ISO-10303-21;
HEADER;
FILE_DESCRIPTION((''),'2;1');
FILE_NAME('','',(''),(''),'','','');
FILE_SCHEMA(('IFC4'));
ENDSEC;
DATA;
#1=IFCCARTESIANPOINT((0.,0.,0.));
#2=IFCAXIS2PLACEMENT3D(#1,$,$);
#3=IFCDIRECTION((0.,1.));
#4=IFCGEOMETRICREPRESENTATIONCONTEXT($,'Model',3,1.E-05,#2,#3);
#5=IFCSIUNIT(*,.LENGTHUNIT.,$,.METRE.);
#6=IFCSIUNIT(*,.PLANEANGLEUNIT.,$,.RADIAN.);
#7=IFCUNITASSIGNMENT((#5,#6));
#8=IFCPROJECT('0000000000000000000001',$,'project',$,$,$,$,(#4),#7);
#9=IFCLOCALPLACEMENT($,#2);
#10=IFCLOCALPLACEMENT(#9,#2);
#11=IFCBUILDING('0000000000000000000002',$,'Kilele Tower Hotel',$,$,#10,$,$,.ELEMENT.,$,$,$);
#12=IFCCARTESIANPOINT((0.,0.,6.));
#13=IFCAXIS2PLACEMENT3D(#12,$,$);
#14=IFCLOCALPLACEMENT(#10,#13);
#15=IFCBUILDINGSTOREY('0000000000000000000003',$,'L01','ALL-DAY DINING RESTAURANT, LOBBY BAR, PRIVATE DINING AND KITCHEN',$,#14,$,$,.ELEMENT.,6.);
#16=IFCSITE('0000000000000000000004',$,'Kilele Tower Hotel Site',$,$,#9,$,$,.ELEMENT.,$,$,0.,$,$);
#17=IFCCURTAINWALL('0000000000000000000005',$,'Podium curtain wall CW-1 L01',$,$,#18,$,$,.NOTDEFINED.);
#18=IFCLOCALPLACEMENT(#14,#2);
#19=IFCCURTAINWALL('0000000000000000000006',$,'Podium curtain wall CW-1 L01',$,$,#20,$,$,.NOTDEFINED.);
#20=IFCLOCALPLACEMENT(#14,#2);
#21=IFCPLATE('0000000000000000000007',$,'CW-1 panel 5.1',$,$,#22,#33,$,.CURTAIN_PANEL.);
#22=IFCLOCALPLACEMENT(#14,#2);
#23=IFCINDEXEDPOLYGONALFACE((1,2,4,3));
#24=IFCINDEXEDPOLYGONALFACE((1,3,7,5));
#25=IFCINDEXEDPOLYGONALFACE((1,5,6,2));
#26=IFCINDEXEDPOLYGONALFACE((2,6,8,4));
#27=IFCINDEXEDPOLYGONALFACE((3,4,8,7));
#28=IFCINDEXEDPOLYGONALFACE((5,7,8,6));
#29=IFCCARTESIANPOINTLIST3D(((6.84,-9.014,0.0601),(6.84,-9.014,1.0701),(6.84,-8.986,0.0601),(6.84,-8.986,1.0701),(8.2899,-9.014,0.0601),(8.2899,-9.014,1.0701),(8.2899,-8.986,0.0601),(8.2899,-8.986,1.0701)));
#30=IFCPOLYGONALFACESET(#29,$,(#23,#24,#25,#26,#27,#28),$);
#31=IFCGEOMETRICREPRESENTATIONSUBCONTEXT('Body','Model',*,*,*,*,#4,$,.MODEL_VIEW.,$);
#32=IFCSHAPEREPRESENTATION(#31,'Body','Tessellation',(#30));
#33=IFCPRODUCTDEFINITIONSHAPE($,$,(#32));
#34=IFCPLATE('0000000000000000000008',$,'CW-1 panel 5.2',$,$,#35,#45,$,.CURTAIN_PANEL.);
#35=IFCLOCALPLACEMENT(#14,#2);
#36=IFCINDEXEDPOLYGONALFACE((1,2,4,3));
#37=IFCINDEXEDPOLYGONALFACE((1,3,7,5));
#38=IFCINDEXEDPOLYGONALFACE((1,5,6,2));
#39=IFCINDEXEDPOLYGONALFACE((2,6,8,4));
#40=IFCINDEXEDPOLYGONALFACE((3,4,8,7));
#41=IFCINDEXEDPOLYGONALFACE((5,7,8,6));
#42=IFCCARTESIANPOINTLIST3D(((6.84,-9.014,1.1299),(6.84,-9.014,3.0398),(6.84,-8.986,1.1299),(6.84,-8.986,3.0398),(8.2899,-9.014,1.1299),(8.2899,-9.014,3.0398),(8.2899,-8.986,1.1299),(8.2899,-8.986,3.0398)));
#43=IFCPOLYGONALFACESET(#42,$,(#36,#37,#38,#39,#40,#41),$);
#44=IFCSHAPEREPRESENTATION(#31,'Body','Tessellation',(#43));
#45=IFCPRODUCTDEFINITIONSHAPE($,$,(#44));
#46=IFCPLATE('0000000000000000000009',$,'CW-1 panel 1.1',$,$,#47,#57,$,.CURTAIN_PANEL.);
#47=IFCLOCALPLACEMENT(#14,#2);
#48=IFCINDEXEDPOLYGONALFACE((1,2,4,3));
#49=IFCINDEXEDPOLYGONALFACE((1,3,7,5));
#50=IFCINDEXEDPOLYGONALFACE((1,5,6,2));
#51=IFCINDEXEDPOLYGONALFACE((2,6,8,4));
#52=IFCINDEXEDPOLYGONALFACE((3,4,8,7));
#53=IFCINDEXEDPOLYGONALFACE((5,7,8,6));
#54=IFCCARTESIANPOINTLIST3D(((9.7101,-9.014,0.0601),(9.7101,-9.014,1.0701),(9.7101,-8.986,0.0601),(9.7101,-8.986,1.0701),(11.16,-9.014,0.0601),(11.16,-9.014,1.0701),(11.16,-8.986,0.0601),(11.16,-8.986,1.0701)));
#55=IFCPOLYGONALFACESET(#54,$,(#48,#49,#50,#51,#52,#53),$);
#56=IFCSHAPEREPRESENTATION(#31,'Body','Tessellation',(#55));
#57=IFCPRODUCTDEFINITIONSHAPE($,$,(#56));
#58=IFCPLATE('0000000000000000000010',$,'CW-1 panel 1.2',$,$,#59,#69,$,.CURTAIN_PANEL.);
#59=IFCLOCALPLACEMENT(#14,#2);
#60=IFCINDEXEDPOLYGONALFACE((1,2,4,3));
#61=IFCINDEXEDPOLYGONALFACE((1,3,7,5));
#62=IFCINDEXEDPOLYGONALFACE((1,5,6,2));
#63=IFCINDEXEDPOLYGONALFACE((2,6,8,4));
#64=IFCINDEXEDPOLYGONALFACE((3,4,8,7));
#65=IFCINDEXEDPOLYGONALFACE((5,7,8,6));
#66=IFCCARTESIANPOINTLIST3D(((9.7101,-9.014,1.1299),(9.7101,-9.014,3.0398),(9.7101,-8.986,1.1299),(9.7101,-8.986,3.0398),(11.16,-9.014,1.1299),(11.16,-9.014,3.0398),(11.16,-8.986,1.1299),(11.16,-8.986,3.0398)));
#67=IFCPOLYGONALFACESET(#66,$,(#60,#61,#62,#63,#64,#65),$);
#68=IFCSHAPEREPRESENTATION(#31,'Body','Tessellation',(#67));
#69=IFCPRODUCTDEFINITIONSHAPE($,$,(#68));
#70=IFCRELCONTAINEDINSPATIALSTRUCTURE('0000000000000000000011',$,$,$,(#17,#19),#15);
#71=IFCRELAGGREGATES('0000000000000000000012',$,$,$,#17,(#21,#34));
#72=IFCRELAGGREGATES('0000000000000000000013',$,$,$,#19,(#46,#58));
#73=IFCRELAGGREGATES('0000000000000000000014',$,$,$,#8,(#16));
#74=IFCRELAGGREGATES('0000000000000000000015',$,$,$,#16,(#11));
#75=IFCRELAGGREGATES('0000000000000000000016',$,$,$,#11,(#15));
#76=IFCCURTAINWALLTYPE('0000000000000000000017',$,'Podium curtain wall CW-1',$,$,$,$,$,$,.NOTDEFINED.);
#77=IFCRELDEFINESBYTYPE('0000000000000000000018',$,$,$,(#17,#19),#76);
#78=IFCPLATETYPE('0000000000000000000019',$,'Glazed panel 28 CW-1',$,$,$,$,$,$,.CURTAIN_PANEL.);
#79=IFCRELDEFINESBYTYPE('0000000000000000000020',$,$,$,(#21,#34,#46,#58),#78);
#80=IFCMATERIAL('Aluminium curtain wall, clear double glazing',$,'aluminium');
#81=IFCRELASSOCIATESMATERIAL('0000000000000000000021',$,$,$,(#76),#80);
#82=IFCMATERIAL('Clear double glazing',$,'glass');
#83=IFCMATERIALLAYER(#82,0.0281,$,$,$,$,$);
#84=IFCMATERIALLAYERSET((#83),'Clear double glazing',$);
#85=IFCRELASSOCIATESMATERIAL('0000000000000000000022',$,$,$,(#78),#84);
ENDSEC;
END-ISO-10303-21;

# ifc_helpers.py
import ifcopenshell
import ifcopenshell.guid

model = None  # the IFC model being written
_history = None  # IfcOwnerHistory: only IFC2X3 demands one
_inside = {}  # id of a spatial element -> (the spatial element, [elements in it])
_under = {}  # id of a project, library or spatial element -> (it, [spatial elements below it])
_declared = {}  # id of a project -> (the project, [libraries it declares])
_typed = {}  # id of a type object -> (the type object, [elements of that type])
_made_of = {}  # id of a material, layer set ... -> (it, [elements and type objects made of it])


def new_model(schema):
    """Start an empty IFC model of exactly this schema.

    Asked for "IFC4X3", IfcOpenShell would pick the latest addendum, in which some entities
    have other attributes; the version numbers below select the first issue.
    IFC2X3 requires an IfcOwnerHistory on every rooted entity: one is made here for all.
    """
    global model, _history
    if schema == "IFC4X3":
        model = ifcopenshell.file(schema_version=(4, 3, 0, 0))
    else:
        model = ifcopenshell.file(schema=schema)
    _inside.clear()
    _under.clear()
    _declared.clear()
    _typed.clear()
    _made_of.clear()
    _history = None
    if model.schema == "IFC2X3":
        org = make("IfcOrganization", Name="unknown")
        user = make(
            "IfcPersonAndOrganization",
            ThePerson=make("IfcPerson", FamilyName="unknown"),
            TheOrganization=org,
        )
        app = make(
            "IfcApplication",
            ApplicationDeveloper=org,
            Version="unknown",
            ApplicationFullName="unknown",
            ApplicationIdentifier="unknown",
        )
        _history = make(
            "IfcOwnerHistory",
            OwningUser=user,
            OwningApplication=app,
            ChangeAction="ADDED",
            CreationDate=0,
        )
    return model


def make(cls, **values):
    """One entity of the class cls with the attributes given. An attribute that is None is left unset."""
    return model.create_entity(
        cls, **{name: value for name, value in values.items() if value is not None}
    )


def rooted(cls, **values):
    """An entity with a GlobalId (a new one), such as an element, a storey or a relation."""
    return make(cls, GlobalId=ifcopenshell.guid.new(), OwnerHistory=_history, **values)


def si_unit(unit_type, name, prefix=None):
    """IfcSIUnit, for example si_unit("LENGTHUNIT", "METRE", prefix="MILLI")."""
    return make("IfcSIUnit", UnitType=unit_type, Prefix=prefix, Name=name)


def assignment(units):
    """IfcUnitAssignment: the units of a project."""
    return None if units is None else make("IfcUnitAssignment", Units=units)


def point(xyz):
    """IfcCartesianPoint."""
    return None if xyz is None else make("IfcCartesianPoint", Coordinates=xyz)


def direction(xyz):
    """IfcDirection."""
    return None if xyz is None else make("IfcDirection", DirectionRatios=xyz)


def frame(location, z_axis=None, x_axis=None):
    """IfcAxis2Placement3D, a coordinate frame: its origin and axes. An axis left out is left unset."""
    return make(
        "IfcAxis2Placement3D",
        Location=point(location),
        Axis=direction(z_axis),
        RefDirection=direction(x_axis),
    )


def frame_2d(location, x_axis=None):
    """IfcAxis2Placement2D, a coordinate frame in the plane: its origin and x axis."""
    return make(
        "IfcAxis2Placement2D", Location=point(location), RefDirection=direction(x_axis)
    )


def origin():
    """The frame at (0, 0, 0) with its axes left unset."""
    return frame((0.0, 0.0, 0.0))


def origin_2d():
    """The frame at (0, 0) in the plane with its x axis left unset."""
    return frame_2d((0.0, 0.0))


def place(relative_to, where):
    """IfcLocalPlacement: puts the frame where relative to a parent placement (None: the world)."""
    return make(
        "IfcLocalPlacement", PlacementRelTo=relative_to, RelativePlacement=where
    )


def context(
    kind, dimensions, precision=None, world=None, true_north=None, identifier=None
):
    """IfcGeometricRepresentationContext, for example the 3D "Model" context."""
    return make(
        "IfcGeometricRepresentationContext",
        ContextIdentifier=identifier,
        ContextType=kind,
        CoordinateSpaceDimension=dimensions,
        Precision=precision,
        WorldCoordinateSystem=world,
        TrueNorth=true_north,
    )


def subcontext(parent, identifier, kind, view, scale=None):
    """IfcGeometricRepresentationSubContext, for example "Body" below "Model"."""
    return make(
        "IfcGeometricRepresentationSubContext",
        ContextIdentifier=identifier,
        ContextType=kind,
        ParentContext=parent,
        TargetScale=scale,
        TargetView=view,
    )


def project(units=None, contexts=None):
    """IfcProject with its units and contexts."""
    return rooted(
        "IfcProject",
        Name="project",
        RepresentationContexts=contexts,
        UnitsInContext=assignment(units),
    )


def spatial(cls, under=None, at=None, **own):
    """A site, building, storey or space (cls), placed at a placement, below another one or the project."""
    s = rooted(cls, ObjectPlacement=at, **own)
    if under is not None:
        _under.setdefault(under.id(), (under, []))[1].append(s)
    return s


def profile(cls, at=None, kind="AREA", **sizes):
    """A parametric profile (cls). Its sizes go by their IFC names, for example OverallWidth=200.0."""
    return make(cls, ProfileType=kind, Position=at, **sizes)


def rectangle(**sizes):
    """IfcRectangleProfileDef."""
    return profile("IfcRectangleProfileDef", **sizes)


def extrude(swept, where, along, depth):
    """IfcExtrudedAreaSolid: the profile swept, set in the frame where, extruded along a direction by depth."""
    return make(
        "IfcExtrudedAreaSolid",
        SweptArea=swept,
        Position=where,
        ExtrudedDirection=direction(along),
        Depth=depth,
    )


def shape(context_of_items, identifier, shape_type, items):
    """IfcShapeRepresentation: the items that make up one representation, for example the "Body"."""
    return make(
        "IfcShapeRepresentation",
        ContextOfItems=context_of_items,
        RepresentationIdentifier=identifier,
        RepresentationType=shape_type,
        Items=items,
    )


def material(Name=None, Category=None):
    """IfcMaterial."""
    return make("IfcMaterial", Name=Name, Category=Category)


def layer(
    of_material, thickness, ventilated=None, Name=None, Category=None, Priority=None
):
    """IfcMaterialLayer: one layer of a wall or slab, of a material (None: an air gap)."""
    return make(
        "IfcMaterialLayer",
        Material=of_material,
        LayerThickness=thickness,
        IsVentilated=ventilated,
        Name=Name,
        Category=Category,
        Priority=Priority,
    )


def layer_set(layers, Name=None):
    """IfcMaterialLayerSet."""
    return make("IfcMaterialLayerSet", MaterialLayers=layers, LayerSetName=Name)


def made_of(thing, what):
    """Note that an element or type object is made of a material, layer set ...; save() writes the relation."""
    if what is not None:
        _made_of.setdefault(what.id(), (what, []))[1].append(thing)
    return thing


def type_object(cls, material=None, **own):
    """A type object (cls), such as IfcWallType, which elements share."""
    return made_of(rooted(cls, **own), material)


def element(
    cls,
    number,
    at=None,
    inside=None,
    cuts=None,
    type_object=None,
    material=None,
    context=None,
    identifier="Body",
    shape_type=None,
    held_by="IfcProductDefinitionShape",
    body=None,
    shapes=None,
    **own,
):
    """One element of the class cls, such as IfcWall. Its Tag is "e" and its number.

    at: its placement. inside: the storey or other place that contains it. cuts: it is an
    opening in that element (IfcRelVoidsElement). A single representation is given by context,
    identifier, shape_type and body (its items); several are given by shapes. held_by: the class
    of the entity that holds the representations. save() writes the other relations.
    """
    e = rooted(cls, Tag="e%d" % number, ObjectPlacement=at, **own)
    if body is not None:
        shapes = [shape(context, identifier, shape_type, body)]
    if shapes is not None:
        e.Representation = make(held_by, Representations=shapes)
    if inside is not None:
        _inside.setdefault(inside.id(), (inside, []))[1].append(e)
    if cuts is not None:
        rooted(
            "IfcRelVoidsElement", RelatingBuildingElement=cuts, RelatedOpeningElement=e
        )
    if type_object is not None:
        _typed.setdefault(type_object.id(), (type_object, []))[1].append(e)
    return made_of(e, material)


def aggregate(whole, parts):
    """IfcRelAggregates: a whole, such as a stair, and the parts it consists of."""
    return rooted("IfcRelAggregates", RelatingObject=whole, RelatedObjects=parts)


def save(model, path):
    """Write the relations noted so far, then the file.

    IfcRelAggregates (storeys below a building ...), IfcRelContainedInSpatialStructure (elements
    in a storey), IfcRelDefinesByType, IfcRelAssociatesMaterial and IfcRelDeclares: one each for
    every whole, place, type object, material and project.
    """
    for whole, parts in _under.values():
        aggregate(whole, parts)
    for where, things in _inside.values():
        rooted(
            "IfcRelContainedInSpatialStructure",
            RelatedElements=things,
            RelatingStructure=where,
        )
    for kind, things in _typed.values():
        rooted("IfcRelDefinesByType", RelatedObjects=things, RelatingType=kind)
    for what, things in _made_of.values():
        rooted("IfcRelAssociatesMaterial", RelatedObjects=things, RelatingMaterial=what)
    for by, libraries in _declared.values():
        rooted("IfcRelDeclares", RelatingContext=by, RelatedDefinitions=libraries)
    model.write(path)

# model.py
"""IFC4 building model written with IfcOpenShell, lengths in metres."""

from ifc_helpers import new_model, si_unit, direction, frame, origin, origin_2d, place, context, subcontext, project, spatial, rectangle, extrude, material, layer, layer_set, type_object, element, aggregate, save


model = new_model("IFC4")

# Units and contexts
model_context = context("Model", 3, precision=1e-05, world=origin(), true_north=direction((0.0, 1.0)))
body_context = subcontext(model_context, "Body", "Model", "MODEL_VIEW")
ifc_project = project(units=[si_unit("LENGTHUNIT", "METRE"), si_unit("PLANEANGLEUNIT", "RADIAN")], contexts=[model_context])

# Site, building, storey
site_placement = place(None, origin())
site = spatial("IfcSite", under=ifc_project, at=site_placement, Name="Kilele Tower Hotel Site", CompositionType="ELEMENT", RefElevation=0.0)
building_placement = place(site_placement, origin())
building = spatial("IfcBuilding", under=site, at=building_placement, Name="Kilele Tower Hotel", CompositionType="ELEMENT")
storey_placement = place(building_placement, frame((0.0, 0.0, 6.0)))
storey = spatial("IfcBuildingStorey", under=building, at=storey_placement, Name="L01", Description="ALL-DAY DINING RESTAURANT, LOBBY BAR, PRIVATE DINING AND KITCHEN", CompositionType="ELEMENT", Elevation=6.0)

# Curtain walls
ifc_material_1 = material(Name="Aluminium curtain wall, clear double glazing", Category="aluminium")
curtain_wall_type = type_object("IfcCurtainWallType", Name="Podium curtain wall CW-1", PredefinedType="NOTDEFINED", material=ifc_material_1)
curtain_wall_1_placement = place(storey_placement, origin())
curtain_wall_1 = element("IfcCurtainWall", 1, at=curtain_wall_1_placement, inside=storey, type_object=curtain_wall_type, Name="Podium curtain wall CW-1 L01", PredefinedType="NOTDEFINED")
curtain_wall_2_placement = place(storey_placement, origin())
curtain_wall_2 = element("IfcCurtainWall", 2, at=curtain_wall_2_placement, inside=storey, type_object=curtain_wall_type, Name="Podium curtain wall CW-1 L01", PredefinedType="NOTDEFINED")

# Plates
ifc_material_2 = material(Name="Clear double glazing", Category="glass")
ifc_layer = layer(ifc_material_2, 0.0281)
ifc_layer_set = layer_set([ifc_layer], Name="Clear double glazing")
plate_type = type_object("IfcPlateType", Name="Glazed panel 28 CW-1", PredefinedType="CURTAIN_PANEL", material=ifc_layer_set)
plate_1_placement = place(storey_placement, frame((7.5649, -9.0, 0.0601), z_axis=(0.0, 0.0, 1.0), x_axis=(1.0, 0.0, 0.0)))
plate_1 = element("IfcPlate", 3, at=plate_1_placement, type_object=plate_type, Name="CW-1 panel 5.1", PredefinedType="CURTAIN_PANEL", context=body_context, shape_type="SweptSolid", body=[
    extrude(rectangle(XDim=1.45, YDim=0.0281, at=origin_2d()), origin(), (0.0, 0.0, 1.0), 1.01),
])
plate_2_placement = place(storey_placement, frame((7.5649, -9.0, 1.1299), z_axis=(0.0, 0.0, 1.0), x_axis=(1.0, 0.0, 0.0)))
plate_2 = element("IfcPlate", 4, at=plate_2_placement, type_object=plate_type, Name="CW-1 panel 5.2", PredefinedType="CURTAIN_PANEL", context=body_context, shape_type="SweptSolid", body=[
    extrude(rectangle(XDim=1.45, YDim=0.0281, at=origin_2d()), origin(), (0.0, 0.0, 1.0), 1.9099),
])
aggregate(curtain_wall_1, [plate_1, plate_2])
plate_3_placement = place(storey_placement, frame((10.4351, -9.0, 0.0601), z_axis=(0.0, 0.0, 1.0), x_axis=(1.0, 0.0, 0.0)))
plate_3 = element("IfcPlate", 5, at=plate_3_placement, type_object=plate_type, Name="CW-1 panel 1.1", PredefinedType="CURTAIN_PANEL", context=body_context, shape_type="SweptSolid", body=[
    extrude(rectangle(XDim=1.45, YDim=0.0281, at=origin_2d()), origin(), (0.0, 0.0, 1.0), 1.01),
])
plate_4_placement = place(storey_placement, frame((10.4351, -9.0, 1.1299), z_axis=(0.0, 0.0, 1.0), x_axis=(1.0, 0.0, 0.0)))
plate_4 = element("IfcPlate", 6, at=plate_4_placement, type_object=plate_type, Name="CW-1 panel 1.2", PredefinedType="CURTAIN_PANEL", context=body_context, shape_type="SweptSolid", body=[
    extrude(rectangle(XDim=1.45, YDim=0.0281, at=origin_2d()), origin(), (0.0, 0.0, 1.0), 1.9099),
])
aggregate(curtain_wall_2, [plate_3, plate_4])

save(model, "model.ifc")
